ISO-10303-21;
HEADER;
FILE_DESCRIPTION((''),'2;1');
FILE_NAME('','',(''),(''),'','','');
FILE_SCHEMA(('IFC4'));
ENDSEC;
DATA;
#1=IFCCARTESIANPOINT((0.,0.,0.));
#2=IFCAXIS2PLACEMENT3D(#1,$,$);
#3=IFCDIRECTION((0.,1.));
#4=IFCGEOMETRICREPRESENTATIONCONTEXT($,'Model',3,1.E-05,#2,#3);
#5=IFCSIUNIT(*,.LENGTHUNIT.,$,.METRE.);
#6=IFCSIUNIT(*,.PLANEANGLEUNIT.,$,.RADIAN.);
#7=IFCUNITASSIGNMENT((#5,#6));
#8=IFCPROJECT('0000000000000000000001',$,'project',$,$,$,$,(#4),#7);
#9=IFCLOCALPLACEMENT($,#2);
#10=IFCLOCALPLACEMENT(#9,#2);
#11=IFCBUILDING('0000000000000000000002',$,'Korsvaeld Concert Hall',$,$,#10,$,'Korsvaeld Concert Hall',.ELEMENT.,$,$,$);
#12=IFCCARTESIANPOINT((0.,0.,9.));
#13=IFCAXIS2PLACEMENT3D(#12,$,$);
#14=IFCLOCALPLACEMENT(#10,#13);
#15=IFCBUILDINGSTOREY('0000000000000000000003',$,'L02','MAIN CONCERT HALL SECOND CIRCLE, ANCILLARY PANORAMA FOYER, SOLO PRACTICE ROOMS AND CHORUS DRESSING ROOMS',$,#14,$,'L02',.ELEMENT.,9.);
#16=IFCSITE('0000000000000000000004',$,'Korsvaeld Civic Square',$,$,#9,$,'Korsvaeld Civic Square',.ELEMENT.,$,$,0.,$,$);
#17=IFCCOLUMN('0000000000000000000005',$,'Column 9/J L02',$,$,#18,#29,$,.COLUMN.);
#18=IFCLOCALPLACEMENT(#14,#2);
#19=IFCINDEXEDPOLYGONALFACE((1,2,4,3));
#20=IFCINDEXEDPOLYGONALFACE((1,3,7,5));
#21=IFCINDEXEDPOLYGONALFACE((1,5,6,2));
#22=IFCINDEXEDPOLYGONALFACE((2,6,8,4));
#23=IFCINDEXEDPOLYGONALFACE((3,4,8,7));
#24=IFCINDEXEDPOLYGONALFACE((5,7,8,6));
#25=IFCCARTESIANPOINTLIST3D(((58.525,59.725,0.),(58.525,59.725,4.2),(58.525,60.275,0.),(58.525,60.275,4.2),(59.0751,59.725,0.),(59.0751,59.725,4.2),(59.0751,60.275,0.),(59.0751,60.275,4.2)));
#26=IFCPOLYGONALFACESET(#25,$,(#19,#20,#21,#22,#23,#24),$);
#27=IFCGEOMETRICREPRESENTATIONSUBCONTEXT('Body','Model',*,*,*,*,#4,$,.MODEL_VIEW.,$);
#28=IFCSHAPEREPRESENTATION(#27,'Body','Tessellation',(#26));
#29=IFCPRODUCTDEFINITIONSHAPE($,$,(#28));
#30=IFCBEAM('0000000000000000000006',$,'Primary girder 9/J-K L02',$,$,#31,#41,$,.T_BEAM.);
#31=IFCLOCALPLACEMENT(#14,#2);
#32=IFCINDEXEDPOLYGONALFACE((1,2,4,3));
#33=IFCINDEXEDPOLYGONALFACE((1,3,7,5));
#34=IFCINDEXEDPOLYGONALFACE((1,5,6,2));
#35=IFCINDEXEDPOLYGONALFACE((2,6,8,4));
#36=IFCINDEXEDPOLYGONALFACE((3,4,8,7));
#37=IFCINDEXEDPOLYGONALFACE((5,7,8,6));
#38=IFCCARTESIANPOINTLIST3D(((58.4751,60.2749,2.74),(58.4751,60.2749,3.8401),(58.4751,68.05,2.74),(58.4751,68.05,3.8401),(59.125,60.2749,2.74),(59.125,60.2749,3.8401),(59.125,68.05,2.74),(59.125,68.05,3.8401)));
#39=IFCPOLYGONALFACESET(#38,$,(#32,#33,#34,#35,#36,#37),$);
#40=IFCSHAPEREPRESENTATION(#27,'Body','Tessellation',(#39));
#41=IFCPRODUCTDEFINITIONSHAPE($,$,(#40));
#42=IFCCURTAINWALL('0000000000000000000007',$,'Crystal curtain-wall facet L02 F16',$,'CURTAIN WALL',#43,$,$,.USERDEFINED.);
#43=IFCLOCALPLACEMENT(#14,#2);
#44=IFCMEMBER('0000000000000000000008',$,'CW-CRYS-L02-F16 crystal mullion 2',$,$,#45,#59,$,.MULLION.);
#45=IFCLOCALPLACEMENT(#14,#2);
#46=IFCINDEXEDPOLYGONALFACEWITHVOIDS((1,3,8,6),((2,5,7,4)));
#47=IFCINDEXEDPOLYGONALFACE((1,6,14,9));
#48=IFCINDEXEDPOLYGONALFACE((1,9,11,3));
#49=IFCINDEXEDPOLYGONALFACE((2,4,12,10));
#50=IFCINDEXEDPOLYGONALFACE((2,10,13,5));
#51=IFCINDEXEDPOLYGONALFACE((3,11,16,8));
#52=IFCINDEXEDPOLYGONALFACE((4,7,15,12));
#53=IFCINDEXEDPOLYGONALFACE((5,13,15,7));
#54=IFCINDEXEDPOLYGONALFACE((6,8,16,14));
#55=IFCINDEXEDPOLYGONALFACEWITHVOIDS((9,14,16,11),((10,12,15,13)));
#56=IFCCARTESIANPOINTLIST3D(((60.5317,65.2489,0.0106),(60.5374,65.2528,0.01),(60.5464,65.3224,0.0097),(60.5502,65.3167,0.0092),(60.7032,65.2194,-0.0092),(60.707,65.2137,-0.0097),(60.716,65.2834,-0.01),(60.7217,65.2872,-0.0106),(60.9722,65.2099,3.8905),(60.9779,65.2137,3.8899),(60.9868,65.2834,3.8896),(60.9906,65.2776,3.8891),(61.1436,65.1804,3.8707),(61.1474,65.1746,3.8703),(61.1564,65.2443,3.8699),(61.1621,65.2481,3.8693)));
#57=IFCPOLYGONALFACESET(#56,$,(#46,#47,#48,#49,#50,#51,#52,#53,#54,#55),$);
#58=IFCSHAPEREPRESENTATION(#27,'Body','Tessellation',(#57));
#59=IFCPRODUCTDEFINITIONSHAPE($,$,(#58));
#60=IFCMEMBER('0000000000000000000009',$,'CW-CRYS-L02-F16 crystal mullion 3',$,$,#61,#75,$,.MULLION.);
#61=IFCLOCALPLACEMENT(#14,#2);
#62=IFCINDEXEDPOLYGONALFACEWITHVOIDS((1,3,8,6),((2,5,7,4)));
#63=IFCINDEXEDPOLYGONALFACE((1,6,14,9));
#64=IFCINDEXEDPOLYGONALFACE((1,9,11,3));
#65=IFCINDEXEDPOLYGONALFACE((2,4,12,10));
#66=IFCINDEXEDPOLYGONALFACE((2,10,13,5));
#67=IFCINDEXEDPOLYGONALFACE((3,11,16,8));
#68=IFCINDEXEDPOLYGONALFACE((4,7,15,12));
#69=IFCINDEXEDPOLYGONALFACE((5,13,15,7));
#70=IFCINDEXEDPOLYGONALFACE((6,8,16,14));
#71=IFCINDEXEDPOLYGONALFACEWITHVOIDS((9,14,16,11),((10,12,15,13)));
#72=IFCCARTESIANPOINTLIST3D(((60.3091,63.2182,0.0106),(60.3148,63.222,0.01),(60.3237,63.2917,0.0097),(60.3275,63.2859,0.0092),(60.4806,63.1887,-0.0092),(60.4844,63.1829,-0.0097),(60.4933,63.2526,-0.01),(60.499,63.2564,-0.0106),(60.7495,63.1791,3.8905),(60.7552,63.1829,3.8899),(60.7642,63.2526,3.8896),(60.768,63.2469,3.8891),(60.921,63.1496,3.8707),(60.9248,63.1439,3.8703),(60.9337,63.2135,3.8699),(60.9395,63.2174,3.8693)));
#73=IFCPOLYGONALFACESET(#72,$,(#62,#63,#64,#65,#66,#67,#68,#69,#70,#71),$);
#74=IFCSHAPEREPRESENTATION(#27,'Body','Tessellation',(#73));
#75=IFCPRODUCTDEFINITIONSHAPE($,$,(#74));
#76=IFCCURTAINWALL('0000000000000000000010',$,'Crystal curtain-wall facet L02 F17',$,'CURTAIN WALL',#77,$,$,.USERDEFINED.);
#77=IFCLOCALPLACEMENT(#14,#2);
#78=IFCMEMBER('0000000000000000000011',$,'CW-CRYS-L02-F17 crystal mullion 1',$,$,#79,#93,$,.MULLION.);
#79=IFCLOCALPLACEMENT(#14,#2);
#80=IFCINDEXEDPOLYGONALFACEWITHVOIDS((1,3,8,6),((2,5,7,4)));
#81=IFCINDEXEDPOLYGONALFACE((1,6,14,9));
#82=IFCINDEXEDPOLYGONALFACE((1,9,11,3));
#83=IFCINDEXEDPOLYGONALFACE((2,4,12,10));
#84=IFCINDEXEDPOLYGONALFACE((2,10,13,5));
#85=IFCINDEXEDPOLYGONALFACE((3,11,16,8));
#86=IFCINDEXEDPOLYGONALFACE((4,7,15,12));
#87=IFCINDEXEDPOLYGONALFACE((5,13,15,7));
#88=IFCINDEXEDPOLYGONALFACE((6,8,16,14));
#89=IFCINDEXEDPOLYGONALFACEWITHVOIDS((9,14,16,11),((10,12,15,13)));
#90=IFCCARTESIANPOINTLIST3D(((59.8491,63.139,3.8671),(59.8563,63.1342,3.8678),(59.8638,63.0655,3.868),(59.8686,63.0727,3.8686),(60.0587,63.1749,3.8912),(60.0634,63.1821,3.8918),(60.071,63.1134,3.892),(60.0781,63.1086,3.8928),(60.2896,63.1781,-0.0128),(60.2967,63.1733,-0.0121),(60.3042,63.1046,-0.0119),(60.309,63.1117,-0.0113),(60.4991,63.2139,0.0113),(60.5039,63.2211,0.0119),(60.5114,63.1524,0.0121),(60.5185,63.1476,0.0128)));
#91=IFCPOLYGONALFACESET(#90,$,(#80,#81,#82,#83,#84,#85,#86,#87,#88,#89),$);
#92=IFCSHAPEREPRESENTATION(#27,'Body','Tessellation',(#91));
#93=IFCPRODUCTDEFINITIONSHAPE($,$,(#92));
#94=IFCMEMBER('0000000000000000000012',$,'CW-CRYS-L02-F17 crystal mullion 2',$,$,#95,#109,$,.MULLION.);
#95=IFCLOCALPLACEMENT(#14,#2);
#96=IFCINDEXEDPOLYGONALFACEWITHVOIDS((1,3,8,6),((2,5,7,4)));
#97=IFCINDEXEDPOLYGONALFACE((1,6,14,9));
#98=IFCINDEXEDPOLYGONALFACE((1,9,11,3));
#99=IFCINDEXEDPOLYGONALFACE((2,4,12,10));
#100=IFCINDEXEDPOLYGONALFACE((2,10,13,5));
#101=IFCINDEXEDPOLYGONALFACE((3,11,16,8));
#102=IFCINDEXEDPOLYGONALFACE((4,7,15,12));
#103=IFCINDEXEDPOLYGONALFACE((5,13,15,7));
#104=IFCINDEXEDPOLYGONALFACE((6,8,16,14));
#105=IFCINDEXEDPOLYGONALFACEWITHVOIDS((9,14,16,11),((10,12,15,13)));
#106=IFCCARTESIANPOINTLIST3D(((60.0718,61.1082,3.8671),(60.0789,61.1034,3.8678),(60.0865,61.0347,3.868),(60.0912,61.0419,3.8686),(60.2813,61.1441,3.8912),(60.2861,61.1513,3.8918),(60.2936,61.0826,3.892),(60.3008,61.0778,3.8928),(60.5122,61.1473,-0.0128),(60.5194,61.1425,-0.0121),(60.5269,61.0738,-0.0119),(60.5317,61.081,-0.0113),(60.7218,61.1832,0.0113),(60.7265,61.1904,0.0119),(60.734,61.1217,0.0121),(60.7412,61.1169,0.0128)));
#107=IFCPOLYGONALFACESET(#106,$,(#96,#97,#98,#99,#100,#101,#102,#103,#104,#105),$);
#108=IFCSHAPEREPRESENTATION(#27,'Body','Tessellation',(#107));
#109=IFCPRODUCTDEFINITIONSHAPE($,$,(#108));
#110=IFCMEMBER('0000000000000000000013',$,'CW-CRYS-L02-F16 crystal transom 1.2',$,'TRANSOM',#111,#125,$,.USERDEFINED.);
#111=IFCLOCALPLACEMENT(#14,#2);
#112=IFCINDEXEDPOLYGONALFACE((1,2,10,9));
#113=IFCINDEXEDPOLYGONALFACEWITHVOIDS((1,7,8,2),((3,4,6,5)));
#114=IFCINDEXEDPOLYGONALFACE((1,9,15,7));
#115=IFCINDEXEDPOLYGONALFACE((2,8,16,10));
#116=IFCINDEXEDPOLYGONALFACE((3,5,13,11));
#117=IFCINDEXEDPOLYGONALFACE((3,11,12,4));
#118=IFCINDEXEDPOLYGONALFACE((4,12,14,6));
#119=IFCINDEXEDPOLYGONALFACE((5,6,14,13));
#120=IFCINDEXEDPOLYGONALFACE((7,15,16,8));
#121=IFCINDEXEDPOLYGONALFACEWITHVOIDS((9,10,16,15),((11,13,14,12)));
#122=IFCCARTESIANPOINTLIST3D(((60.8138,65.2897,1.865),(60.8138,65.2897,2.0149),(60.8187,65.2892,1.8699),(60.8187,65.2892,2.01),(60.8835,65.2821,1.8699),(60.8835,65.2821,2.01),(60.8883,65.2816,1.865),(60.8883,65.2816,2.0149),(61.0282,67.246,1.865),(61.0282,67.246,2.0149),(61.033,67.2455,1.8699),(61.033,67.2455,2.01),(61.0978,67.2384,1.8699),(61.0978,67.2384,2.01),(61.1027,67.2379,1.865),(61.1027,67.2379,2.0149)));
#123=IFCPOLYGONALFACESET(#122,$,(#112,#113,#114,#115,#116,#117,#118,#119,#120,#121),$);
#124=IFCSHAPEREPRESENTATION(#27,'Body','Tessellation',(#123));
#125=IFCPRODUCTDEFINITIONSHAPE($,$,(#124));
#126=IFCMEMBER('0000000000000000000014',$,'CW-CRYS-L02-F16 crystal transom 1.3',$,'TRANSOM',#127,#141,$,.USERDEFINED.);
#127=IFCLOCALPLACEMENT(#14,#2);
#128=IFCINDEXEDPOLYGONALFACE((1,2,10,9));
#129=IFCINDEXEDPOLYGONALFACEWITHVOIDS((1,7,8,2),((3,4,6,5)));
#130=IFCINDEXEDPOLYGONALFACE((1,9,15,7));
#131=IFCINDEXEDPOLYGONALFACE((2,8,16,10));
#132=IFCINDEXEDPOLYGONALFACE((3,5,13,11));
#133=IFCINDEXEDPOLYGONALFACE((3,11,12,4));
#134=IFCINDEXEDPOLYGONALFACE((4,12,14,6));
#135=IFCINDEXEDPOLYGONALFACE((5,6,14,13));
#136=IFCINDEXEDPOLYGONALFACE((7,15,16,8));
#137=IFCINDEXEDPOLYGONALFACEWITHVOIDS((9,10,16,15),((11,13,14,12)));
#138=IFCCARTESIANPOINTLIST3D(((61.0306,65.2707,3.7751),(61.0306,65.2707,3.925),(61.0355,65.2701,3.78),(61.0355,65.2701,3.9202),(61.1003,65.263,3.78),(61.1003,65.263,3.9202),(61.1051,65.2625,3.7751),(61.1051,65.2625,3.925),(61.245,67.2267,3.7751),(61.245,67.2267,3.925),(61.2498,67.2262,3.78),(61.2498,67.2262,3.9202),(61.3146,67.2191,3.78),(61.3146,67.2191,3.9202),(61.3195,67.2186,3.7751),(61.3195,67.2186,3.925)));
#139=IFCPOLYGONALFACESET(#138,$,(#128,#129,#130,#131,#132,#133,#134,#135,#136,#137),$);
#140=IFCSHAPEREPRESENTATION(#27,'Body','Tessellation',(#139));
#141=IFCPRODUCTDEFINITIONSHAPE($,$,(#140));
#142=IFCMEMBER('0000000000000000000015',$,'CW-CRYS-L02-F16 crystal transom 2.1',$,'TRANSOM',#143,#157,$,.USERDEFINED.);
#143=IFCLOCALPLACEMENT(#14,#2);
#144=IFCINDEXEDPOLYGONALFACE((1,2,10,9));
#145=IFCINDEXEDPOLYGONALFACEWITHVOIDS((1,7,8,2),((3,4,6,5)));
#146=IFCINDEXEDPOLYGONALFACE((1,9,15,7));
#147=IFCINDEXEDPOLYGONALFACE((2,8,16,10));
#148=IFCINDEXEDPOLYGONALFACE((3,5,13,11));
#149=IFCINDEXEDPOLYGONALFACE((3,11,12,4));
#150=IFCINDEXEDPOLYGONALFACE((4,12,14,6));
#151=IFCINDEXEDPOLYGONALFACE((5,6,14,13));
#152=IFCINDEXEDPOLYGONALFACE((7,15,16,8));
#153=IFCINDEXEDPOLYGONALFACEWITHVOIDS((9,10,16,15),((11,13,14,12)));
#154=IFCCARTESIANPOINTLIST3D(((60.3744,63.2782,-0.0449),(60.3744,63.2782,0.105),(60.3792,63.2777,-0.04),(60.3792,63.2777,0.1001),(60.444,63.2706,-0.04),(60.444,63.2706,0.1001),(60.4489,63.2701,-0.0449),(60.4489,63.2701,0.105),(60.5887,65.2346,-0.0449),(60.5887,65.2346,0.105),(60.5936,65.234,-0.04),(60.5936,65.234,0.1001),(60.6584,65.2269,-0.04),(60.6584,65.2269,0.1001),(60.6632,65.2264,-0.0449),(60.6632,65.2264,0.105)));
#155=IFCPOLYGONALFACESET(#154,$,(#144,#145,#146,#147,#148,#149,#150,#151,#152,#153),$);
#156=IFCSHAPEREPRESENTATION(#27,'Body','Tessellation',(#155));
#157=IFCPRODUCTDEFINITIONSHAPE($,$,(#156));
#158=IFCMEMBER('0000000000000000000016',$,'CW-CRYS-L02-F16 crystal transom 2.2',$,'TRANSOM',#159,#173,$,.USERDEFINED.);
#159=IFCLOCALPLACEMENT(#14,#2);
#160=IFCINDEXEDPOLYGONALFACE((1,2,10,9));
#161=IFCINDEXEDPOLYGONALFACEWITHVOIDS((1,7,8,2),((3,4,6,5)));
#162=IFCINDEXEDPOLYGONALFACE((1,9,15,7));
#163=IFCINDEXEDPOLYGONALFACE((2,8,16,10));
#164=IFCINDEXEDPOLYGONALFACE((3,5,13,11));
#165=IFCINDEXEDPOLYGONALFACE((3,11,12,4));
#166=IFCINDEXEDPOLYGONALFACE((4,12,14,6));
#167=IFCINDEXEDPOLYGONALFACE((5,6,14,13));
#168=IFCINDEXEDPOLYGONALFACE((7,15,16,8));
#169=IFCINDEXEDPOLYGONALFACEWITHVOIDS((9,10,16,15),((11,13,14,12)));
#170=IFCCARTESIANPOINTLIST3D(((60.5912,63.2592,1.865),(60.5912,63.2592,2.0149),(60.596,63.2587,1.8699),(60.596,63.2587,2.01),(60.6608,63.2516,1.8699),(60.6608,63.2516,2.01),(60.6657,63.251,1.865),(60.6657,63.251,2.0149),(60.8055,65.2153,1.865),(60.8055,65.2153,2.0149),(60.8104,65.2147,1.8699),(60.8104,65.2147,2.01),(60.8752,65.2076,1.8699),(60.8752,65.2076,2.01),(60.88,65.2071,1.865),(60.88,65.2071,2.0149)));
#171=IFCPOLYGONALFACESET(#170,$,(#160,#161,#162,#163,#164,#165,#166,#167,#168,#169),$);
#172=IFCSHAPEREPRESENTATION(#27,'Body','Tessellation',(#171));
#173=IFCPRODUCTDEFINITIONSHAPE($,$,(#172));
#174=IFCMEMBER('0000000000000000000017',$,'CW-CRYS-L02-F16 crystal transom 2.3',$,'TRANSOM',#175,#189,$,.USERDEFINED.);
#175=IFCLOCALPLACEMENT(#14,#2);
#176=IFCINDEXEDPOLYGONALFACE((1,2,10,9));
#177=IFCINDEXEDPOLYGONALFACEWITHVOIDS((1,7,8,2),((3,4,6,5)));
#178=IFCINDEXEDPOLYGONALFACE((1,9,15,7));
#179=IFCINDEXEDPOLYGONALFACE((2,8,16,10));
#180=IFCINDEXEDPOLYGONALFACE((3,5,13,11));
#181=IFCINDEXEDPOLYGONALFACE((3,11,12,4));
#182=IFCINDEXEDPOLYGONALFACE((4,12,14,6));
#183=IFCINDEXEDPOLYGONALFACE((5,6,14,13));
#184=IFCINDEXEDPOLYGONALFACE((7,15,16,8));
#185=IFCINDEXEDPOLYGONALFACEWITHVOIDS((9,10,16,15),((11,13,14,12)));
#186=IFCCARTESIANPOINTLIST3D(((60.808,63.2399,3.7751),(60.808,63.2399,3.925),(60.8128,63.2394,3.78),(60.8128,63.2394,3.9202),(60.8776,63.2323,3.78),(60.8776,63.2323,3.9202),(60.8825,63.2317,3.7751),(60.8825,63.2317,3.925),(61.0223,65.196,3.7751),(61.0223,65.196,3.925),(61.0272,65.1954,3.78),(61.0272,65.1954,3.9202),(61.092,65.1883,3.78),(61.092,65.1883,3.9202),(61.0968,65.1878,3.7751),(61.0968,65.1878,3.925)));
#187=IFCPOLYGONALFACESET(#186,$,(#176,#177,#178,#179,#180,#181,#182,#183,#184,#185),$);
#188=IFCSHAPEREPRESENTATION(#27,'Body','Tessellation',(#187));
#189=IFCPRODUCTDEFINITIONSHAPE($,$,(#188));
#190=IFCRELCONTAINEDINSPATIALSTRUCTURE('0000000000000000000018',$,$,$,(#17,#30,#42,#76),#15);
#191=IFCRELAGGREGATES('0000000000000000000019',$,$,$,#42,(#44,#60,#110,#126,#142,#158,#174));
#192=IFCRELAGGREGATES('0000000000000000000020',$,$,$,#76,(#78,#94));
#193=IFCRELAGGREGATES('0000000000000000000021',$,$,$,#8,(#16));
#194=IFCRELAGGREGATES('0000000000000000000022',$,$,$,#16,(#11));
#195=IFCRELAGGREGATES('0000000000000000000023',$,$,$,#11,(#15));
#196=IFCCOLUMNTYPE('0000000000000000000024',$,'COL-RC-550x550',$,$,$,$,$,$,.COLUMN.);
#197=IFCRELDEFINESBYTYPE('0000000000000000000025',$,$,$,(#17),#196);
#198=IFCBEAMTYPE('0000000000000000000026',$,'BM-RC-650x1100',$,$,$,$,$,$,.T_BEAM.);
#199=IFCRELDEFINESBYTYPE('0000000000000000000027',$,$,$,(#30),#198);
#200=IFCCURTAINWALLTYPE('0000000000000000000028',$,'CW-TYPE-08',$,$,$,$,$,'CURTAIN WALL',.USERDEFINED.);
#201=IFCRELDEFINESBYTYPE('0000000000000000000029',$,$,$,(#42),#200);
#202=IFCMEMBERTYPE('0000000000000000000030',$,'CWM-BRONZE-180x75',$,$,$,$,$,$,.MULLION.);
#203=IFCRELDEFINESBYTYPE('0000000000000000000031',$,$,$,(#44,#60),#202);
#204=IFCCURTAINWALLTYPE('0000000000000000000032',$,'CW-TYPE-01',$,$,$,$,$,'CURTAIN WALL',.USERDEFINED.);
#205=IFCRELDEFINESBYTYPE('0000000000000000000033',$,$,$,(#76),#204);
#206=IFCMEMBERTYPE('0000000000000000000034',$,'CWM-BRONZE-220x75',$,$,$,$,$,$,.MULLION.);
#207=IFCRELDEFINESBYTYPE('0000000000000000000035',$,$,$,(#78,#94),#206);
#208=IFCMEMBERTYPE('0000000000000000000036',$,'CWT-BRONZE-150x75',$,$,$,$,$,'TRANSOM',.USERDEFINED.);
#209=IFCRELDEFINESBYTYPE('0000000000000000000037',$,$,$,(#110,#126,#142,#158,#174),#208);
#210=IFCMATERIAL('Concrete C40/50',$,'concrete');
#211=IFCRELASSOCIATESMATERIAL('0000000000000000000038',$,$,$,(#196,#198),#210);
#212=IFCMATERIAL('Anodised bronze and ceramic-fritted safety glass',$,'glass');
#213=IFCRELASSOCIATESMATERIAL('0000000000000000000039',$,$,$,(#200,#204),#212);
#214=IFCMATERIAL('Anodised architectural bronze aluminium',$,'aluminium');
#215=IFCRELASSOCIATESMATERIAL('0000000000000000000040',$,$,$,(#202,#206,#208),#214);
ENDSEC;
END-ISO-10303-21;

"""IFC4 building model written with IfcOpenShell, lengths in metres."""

from ifc_helpers import new_model, si_unit, direction, frame, origin, origin_2d, place, context, subcontext, project, spatial, rectangle, hollow_rectangle, extrude, material, material_profile, profile_set, type_object, element, aggregate, save


model = new_model("IFC4")

# Units and contexts
model_context = context("Model", 3, precision=1e-05, world=origin(), true_north=direction((0.0, 1.0)))
body_context = subcontext(model_context, "Body", "Model", "MODEL_VIEW")
ifc_project = project(units=[si_unit("LENGTHUNIT", "METRE"), si_unit("PLANEANGLEUNIT", "RADIAN")], contexts=[model_context])

# Site, building, storey
site_placement = place(None, origin())
site = spatial("IfcSite", under=ifc_project, at=site_placement, Name="Korsvaeld Civic Square", LongName="Korsvaeld Civic Square", CompositionType="ELEMENT", RefElevation=0.0)
building_placement = place(site_placement, origin())
building = spatial("IfcBuilding", under=site, at=building_placement, Name="Korsvaeld Concert Hall", LongName="Korsvaeld Concert Hall", CompositionType="ELEMENT")
storey_placement = place(building_placement, frame((0.0, 0.0, 9.0)))
storey = spatial("IfcBuildingStorey", under=building, at=storey_placement, Name="L02", Description="MAIN CONCERT HALL SECOND CIRCLE, ANCILLARY PANORAMA FOYER, SOLO PRACTICE ROOMS AND CHORUS DRESSING ROOMS", LongName="L02", CompositionType="ELEMENT", Elevation=9.0)

# Column
ifc_material_1 = material(Name="Concrete C40/50", Category="concrete")
ifc_material_profile_1 = material_profile(ifc_material_1, rectangle(XDim=0.55, YDim=0.55, at=origin_2d()), Name="RC 550x550")
ifc_profile_set_1 = profile_set([ifc_material_profile_1], Name="Concrete C40/50")
column_type = type_object("IfcColumnType", Name="COL-RC-550x550", PredefinedType="COLUMN", material=ifc_profile_set_1)
column_placement = place(storey_placement, frame((58.8, 60.0, 0.0), z_axis=(0.0, 0.0, 1.0), x_axis=(1.0, 0.0, 0.0)))
element("IfcColumn", 1, at=column_placement, inside=storey, type_object=column_type, Name="Column 9/J L02", PredefinedType="COLUMN", context=body_context, shape_type="SweptSolid", body=[
    extrude(rectangle(XDim=0.55, YDim=0.55, at=origin_2d()), origin(), (0.0, 0.0, 1.0), 4.2),
])

# Beam
ifc_material_profile_2 = material_profile(ifc_material_1, rectangle(XDim=0.6499, YDim=1.1001, at=origin_2d()), Name="RC 650x1100")
ifc_profile_set_2 = profile_set([ifc_material_profile_2], Name="Concrete C40/50")
beam_type = type_object("IfcBeamType", Name="BM-RC-650x1100", PredefinedType="T_BEAM", material=ifc_profile_set_2)
beam_placement = place(storey_placement, frame((58.8, 60.2749, 3.29), z_axis=(0.0, 1.0, 0.0), x_axis=(-1.0, 0.0, 0.0)))
element("IfcBeam", 2, at=beam_placement, inside=storey, type_object=beam_type, Name="Primary girder 9/J-K L02", PredefinedType="T_BEAM", context=body_context, shape_type="SweptSolid", body=[
    extrude(rectangle(XDim=0.6499, YDim=1.1001, at=origin_2d()), origin(), (0.0, 0.0, 1.0), 7.7751),
])

# Curtain walls, members
ifc_material_2 = material(Name="Anodised bronze and ceramic-fritted safety glass", Category="glass")
curtain_wall_type_1 = type_object("IfcCurtainWallType", Name="CW-TYPE-08", ElementType="CURTAIN WALL", PredefinedType="USERDEFINED", material=ifc_material_2)
curtain_wall_1_placement = place(storey_placement, origin())
curtain_wall_1 = element("IfcCurtainWall", 3, at=curtain_wall_1_placement, inside=storey, type_object=curtain_wall_type_1, Name="Crystal curtain-wall facet L02 F16", ObjectType="CURTAIN WALL", PredefinedType="USERDEFINED")
ifc_material_3 = material(Name="Anodised architectural bronze aluminium", Category="aluminium")
ifc_material_profile_3 = material_profile(ifc_material_3, hollow_rectangle(XDim=0.075, YDim=0.1799, WallThickness=0.0049, at=origin_2d()), Name="CWM 180x75x5")
ifc_profile_set_3 = profile_set([ifc_material_profile_3], Name="Anodised architectural bronze aluminium")
member_type_1 = type_object("IfcMemberType", Name="CWM-BRONZE-180x75", PredefinedType="MULLION", material=ifc_profile_set_3)
member_1_placement = place(storey_placement, frame((60.6267, 65.2681, 0.0), z_axis=(0.112786, -0.010003, 0.993569), x_axis=(0.195691, 0.980588, -0.012342)))
member_1 = element("IfcMember", 4, at=member_1_placement, type_object=member_type_1, Name="CW-CRYS-L02-F16 crystal mullion 2", PredefinedType="MULLION", context=body_context, shape_type="SweptSolid", body=[
    extrude(hollow_rectangle(XDim=0.075, YDim=0.1799, WallThickness=0.0049, at=origin_2d()), origin(), (0.0, 0.0, 1.0), 3.905),
])
member_2_placement = place(storey_placement, frame((60.4041, 63.2373, 0.0), z_axis=(0.112786, -0.010003, 0.993569), x_axis=(0.195691, 0.980588, -0.012342)))
member_2 = element("IfcMember", 5, at=member_2_placement, type_object=member_type_1, Name="CW-CRYS-L02-F16 crystal mullion 3", PredefinedType="MULLION", context=body_context, shape_type="SweptSolid", body=[
    extrude(hollow_rectangle(XDim=0.075, YDim=0.1799, WallThickness=0.0049, at=origin_2d()), origin(), (0.0, 0.0, 1.0), 3.905),
])
curtain_wall_type_2 = type_object("IfcCurtainWallType", Name="CW-TYPE-01", ElementType="CURTAIN WALL", PredefinedType="USERDEFINED", material=ifc_material_2)
curtain_wall_2_placement = place(storey_placement, origin())
curtain_wall_2 = element("IfcCurtainWall", 6, at=curtain_wall_2_placement, inside=storey, type_object=curtain_wall_type_2, Name="Crystal curtain-wall facet L02 F17", ObjectType="CURTAIN WALL", PredefinedType="USERDEFINED")
ifc_material_profile_4 = material_profile(ifc_material_3, hollow_rectangle(XDim=0.075, YDim=0.22, WallThickness=0.0061, at=origin_2d()), Name="CWM 220x75x6")
ifc_profile_set_4 = profile_set([ifc_material_profile_4], Name="Anodised architectural bronze aluminium")
member_type_2 = type_object("IfcMemberType", Name="CWM-BRONZE-220x75", PredefinedType="MULLION", material=ifc_profile_set_4)
member_3_placement = place(storey_placement, frame((60.4041, 63.1628, 0.0), z_axis=(-0.112786, -0.010003, 0.993569), x_axis=(0.195691, -0.980588, 0.012342)))
member_3 = element("IfcMember", 7, at=member_3_placement, type_object=member_type_2, Name="CW-CRYS-L02-F17 crystal mullion 1", PredefinedType="MULLION", context=body_context, shape_type="SweptSolid", body=[
    extrude(hollow_rectangle(XDim=0.075, YDim=0.22, WallThickness=0.0061, at=origin_2d()), origin(), (0.0, 0.0, 1.0), 3.905),
])
member_4_placement = place(storey_placement, frame((60.6267, 61.1321, 0.0), z_axis=(-0.112786, -0.010003, 0.993569), x_axis=(0.195691, -0.980588, 0.012342)))
member_4 = element("IfcMember", 8, at=member_4_placement, type_object=member_type_2, Name="CW-CRYS-L02-F17 crystal mullion 2", PredefinedType="MULLION", context=body_context, shape_type="SweptSolid", body=[
    extrude(hollow_rectangle(XDim=0.075, YDim=0.22, WallThickness=0.0061, at=origin_2d()), origin(), (0.0, 0.0, 1.0), 3.905),
])

# Members
ifc_material_profile_5 = material_profile(ifc_material_3, hollow_rectangle(XDim=0.075, YDim=0.1499, WallThickness=0.0049, at=origin_2d()), Name="CWT 150x75x5")
ifc_profile_set_5 = profile_set([ifc_material_profile_5], Name="Anodised architectural bronze aluminium")
member_type_3 = type_object("IfcMemberType", Name="CWT-BRONZE-150x75", ElementType="TRANSOM", PredefinedType="USERDEFINED", material=ifc_profile_set_5)
member_5_placement = place(storey_placement, frame((61.0654, 67.2419, 1.9399), z_axis=(-0.10892, -0.994051, 0.0), x_axis=(0.994051, -0.10892, 0.0)))
member_5 = element("IfcMember", 9, at=member_5_placement, type_object=member_type_3, Name="CW-CRYS-L02-F16 crystal transom 1.2", ObjectType="TRANSOM", PredefinedType="USERDEFINED", context=body_context, shape_type="SweptSolid", body=[
    extrude(hollow_rectangle(XDim=0.075, YDim=0.1499, WallThickness=0.0049, at=origin_2d()), origin(), (0.0, 0.0, 1.0), 1.968),
])
member_6_placement = place(storey_placement, frame((61.2822, 67.2227, 3.8501), z_axis=(-0.108933, -0.994049, 0.0), x_axis=(0.994049, -0.108933, 0.0)))
member_6 = element("IfcMember", 10, at=member_6_placement, type_object=member_type_3, Name="CW-CRYS-L02-F16 crystal transom 1.3", ObjectType="TRANSOM", PredefinedType="USERDEFINED", context=body_context, shape_type="SweptSolid", body=[
    extrude(hollow_rectangle(XDim=0.075, YDim=0.1499, WallThickness=0.0049, at=origin_2d()), origin(), (0.0, 0.0, 1.0), 1.9678),
])
member_7_placement = place(storey_placement, frame((60.626, 65.2305, 0.03), z_axis=(-0.10892, -0.994051, 0.0), x_axis=(0.994051, -0.10892, 0.0)))
member_7 = element("IfcMember", 11, at=member_7_placement, type_object=member_type_3, Name="CW-CRYS-L02-F16 crystal transom 2.1", ObjectType="TRANSOM", PredefinedType="USERDEFINED", context=body_context, shape_type="SweptSolid", body=[
    extrude(hollow_rectangle(XDim=0.075, YDim=0.1499, WallThickness=0.0049, at=origin_2d()), origin(), (0.0, 0.0, 1.0), 1.968),
])
member_8_placement = place(storey_placement, frame((60.8428, 65.2112, 1.9399), z_axis=(-0.108933, -0.994049, 0.0), x_axis=(0.994049, -0.108933, 0.0)))
member_8 = element("IfcMember", 12, at=member_8_placement, type_object=member_type_3, Name="CW-CRYS-L02-F16 crystal transom 2.2", ObjectType="TRANSOM", PredefinedType="USERDEFINED", context=body_context, shape_type="SweptSolid", body=[
    extrude(hollow_rectangle(XDim=0.075, YDim=0.1499, WallThickness=0.0049, at=origin_2d()), origin(), (0.0, 0.0, 1.0), 1.9678),
])
member_9_placement = place(storey_placement, frame((61.0596, 65.1919, 3.8501), z_axis=(-0.108933, -0.994049, 0.0), x_axis=(0.994049, -0.108933, 0.0)))
member_9 = element("IfcMember", 13, at=member_9_placement, type_object=member_type_3, Name="CW-CRYS-L02-F16 crystal transom 2.3", ObjectType="TRANSOM", PredefinedType="USERDEFINED", context=body_context, shape_type="SweptSolid", body=[
    extrude(hollow_rectangle(XDim=0.075, YDim=0.1499, WallThickness=0.0049, at=origin_2d()), origin(), (0.0, 0.0, 1.0), 1.9678),
])

aggregate(curtain_wall_1, [member_1, member_2, member_5, member_6, member_7, member_8, member_9])
aggregate(curtain_wall_2, [member_3, member_4])

save(model, "model.ifc")
